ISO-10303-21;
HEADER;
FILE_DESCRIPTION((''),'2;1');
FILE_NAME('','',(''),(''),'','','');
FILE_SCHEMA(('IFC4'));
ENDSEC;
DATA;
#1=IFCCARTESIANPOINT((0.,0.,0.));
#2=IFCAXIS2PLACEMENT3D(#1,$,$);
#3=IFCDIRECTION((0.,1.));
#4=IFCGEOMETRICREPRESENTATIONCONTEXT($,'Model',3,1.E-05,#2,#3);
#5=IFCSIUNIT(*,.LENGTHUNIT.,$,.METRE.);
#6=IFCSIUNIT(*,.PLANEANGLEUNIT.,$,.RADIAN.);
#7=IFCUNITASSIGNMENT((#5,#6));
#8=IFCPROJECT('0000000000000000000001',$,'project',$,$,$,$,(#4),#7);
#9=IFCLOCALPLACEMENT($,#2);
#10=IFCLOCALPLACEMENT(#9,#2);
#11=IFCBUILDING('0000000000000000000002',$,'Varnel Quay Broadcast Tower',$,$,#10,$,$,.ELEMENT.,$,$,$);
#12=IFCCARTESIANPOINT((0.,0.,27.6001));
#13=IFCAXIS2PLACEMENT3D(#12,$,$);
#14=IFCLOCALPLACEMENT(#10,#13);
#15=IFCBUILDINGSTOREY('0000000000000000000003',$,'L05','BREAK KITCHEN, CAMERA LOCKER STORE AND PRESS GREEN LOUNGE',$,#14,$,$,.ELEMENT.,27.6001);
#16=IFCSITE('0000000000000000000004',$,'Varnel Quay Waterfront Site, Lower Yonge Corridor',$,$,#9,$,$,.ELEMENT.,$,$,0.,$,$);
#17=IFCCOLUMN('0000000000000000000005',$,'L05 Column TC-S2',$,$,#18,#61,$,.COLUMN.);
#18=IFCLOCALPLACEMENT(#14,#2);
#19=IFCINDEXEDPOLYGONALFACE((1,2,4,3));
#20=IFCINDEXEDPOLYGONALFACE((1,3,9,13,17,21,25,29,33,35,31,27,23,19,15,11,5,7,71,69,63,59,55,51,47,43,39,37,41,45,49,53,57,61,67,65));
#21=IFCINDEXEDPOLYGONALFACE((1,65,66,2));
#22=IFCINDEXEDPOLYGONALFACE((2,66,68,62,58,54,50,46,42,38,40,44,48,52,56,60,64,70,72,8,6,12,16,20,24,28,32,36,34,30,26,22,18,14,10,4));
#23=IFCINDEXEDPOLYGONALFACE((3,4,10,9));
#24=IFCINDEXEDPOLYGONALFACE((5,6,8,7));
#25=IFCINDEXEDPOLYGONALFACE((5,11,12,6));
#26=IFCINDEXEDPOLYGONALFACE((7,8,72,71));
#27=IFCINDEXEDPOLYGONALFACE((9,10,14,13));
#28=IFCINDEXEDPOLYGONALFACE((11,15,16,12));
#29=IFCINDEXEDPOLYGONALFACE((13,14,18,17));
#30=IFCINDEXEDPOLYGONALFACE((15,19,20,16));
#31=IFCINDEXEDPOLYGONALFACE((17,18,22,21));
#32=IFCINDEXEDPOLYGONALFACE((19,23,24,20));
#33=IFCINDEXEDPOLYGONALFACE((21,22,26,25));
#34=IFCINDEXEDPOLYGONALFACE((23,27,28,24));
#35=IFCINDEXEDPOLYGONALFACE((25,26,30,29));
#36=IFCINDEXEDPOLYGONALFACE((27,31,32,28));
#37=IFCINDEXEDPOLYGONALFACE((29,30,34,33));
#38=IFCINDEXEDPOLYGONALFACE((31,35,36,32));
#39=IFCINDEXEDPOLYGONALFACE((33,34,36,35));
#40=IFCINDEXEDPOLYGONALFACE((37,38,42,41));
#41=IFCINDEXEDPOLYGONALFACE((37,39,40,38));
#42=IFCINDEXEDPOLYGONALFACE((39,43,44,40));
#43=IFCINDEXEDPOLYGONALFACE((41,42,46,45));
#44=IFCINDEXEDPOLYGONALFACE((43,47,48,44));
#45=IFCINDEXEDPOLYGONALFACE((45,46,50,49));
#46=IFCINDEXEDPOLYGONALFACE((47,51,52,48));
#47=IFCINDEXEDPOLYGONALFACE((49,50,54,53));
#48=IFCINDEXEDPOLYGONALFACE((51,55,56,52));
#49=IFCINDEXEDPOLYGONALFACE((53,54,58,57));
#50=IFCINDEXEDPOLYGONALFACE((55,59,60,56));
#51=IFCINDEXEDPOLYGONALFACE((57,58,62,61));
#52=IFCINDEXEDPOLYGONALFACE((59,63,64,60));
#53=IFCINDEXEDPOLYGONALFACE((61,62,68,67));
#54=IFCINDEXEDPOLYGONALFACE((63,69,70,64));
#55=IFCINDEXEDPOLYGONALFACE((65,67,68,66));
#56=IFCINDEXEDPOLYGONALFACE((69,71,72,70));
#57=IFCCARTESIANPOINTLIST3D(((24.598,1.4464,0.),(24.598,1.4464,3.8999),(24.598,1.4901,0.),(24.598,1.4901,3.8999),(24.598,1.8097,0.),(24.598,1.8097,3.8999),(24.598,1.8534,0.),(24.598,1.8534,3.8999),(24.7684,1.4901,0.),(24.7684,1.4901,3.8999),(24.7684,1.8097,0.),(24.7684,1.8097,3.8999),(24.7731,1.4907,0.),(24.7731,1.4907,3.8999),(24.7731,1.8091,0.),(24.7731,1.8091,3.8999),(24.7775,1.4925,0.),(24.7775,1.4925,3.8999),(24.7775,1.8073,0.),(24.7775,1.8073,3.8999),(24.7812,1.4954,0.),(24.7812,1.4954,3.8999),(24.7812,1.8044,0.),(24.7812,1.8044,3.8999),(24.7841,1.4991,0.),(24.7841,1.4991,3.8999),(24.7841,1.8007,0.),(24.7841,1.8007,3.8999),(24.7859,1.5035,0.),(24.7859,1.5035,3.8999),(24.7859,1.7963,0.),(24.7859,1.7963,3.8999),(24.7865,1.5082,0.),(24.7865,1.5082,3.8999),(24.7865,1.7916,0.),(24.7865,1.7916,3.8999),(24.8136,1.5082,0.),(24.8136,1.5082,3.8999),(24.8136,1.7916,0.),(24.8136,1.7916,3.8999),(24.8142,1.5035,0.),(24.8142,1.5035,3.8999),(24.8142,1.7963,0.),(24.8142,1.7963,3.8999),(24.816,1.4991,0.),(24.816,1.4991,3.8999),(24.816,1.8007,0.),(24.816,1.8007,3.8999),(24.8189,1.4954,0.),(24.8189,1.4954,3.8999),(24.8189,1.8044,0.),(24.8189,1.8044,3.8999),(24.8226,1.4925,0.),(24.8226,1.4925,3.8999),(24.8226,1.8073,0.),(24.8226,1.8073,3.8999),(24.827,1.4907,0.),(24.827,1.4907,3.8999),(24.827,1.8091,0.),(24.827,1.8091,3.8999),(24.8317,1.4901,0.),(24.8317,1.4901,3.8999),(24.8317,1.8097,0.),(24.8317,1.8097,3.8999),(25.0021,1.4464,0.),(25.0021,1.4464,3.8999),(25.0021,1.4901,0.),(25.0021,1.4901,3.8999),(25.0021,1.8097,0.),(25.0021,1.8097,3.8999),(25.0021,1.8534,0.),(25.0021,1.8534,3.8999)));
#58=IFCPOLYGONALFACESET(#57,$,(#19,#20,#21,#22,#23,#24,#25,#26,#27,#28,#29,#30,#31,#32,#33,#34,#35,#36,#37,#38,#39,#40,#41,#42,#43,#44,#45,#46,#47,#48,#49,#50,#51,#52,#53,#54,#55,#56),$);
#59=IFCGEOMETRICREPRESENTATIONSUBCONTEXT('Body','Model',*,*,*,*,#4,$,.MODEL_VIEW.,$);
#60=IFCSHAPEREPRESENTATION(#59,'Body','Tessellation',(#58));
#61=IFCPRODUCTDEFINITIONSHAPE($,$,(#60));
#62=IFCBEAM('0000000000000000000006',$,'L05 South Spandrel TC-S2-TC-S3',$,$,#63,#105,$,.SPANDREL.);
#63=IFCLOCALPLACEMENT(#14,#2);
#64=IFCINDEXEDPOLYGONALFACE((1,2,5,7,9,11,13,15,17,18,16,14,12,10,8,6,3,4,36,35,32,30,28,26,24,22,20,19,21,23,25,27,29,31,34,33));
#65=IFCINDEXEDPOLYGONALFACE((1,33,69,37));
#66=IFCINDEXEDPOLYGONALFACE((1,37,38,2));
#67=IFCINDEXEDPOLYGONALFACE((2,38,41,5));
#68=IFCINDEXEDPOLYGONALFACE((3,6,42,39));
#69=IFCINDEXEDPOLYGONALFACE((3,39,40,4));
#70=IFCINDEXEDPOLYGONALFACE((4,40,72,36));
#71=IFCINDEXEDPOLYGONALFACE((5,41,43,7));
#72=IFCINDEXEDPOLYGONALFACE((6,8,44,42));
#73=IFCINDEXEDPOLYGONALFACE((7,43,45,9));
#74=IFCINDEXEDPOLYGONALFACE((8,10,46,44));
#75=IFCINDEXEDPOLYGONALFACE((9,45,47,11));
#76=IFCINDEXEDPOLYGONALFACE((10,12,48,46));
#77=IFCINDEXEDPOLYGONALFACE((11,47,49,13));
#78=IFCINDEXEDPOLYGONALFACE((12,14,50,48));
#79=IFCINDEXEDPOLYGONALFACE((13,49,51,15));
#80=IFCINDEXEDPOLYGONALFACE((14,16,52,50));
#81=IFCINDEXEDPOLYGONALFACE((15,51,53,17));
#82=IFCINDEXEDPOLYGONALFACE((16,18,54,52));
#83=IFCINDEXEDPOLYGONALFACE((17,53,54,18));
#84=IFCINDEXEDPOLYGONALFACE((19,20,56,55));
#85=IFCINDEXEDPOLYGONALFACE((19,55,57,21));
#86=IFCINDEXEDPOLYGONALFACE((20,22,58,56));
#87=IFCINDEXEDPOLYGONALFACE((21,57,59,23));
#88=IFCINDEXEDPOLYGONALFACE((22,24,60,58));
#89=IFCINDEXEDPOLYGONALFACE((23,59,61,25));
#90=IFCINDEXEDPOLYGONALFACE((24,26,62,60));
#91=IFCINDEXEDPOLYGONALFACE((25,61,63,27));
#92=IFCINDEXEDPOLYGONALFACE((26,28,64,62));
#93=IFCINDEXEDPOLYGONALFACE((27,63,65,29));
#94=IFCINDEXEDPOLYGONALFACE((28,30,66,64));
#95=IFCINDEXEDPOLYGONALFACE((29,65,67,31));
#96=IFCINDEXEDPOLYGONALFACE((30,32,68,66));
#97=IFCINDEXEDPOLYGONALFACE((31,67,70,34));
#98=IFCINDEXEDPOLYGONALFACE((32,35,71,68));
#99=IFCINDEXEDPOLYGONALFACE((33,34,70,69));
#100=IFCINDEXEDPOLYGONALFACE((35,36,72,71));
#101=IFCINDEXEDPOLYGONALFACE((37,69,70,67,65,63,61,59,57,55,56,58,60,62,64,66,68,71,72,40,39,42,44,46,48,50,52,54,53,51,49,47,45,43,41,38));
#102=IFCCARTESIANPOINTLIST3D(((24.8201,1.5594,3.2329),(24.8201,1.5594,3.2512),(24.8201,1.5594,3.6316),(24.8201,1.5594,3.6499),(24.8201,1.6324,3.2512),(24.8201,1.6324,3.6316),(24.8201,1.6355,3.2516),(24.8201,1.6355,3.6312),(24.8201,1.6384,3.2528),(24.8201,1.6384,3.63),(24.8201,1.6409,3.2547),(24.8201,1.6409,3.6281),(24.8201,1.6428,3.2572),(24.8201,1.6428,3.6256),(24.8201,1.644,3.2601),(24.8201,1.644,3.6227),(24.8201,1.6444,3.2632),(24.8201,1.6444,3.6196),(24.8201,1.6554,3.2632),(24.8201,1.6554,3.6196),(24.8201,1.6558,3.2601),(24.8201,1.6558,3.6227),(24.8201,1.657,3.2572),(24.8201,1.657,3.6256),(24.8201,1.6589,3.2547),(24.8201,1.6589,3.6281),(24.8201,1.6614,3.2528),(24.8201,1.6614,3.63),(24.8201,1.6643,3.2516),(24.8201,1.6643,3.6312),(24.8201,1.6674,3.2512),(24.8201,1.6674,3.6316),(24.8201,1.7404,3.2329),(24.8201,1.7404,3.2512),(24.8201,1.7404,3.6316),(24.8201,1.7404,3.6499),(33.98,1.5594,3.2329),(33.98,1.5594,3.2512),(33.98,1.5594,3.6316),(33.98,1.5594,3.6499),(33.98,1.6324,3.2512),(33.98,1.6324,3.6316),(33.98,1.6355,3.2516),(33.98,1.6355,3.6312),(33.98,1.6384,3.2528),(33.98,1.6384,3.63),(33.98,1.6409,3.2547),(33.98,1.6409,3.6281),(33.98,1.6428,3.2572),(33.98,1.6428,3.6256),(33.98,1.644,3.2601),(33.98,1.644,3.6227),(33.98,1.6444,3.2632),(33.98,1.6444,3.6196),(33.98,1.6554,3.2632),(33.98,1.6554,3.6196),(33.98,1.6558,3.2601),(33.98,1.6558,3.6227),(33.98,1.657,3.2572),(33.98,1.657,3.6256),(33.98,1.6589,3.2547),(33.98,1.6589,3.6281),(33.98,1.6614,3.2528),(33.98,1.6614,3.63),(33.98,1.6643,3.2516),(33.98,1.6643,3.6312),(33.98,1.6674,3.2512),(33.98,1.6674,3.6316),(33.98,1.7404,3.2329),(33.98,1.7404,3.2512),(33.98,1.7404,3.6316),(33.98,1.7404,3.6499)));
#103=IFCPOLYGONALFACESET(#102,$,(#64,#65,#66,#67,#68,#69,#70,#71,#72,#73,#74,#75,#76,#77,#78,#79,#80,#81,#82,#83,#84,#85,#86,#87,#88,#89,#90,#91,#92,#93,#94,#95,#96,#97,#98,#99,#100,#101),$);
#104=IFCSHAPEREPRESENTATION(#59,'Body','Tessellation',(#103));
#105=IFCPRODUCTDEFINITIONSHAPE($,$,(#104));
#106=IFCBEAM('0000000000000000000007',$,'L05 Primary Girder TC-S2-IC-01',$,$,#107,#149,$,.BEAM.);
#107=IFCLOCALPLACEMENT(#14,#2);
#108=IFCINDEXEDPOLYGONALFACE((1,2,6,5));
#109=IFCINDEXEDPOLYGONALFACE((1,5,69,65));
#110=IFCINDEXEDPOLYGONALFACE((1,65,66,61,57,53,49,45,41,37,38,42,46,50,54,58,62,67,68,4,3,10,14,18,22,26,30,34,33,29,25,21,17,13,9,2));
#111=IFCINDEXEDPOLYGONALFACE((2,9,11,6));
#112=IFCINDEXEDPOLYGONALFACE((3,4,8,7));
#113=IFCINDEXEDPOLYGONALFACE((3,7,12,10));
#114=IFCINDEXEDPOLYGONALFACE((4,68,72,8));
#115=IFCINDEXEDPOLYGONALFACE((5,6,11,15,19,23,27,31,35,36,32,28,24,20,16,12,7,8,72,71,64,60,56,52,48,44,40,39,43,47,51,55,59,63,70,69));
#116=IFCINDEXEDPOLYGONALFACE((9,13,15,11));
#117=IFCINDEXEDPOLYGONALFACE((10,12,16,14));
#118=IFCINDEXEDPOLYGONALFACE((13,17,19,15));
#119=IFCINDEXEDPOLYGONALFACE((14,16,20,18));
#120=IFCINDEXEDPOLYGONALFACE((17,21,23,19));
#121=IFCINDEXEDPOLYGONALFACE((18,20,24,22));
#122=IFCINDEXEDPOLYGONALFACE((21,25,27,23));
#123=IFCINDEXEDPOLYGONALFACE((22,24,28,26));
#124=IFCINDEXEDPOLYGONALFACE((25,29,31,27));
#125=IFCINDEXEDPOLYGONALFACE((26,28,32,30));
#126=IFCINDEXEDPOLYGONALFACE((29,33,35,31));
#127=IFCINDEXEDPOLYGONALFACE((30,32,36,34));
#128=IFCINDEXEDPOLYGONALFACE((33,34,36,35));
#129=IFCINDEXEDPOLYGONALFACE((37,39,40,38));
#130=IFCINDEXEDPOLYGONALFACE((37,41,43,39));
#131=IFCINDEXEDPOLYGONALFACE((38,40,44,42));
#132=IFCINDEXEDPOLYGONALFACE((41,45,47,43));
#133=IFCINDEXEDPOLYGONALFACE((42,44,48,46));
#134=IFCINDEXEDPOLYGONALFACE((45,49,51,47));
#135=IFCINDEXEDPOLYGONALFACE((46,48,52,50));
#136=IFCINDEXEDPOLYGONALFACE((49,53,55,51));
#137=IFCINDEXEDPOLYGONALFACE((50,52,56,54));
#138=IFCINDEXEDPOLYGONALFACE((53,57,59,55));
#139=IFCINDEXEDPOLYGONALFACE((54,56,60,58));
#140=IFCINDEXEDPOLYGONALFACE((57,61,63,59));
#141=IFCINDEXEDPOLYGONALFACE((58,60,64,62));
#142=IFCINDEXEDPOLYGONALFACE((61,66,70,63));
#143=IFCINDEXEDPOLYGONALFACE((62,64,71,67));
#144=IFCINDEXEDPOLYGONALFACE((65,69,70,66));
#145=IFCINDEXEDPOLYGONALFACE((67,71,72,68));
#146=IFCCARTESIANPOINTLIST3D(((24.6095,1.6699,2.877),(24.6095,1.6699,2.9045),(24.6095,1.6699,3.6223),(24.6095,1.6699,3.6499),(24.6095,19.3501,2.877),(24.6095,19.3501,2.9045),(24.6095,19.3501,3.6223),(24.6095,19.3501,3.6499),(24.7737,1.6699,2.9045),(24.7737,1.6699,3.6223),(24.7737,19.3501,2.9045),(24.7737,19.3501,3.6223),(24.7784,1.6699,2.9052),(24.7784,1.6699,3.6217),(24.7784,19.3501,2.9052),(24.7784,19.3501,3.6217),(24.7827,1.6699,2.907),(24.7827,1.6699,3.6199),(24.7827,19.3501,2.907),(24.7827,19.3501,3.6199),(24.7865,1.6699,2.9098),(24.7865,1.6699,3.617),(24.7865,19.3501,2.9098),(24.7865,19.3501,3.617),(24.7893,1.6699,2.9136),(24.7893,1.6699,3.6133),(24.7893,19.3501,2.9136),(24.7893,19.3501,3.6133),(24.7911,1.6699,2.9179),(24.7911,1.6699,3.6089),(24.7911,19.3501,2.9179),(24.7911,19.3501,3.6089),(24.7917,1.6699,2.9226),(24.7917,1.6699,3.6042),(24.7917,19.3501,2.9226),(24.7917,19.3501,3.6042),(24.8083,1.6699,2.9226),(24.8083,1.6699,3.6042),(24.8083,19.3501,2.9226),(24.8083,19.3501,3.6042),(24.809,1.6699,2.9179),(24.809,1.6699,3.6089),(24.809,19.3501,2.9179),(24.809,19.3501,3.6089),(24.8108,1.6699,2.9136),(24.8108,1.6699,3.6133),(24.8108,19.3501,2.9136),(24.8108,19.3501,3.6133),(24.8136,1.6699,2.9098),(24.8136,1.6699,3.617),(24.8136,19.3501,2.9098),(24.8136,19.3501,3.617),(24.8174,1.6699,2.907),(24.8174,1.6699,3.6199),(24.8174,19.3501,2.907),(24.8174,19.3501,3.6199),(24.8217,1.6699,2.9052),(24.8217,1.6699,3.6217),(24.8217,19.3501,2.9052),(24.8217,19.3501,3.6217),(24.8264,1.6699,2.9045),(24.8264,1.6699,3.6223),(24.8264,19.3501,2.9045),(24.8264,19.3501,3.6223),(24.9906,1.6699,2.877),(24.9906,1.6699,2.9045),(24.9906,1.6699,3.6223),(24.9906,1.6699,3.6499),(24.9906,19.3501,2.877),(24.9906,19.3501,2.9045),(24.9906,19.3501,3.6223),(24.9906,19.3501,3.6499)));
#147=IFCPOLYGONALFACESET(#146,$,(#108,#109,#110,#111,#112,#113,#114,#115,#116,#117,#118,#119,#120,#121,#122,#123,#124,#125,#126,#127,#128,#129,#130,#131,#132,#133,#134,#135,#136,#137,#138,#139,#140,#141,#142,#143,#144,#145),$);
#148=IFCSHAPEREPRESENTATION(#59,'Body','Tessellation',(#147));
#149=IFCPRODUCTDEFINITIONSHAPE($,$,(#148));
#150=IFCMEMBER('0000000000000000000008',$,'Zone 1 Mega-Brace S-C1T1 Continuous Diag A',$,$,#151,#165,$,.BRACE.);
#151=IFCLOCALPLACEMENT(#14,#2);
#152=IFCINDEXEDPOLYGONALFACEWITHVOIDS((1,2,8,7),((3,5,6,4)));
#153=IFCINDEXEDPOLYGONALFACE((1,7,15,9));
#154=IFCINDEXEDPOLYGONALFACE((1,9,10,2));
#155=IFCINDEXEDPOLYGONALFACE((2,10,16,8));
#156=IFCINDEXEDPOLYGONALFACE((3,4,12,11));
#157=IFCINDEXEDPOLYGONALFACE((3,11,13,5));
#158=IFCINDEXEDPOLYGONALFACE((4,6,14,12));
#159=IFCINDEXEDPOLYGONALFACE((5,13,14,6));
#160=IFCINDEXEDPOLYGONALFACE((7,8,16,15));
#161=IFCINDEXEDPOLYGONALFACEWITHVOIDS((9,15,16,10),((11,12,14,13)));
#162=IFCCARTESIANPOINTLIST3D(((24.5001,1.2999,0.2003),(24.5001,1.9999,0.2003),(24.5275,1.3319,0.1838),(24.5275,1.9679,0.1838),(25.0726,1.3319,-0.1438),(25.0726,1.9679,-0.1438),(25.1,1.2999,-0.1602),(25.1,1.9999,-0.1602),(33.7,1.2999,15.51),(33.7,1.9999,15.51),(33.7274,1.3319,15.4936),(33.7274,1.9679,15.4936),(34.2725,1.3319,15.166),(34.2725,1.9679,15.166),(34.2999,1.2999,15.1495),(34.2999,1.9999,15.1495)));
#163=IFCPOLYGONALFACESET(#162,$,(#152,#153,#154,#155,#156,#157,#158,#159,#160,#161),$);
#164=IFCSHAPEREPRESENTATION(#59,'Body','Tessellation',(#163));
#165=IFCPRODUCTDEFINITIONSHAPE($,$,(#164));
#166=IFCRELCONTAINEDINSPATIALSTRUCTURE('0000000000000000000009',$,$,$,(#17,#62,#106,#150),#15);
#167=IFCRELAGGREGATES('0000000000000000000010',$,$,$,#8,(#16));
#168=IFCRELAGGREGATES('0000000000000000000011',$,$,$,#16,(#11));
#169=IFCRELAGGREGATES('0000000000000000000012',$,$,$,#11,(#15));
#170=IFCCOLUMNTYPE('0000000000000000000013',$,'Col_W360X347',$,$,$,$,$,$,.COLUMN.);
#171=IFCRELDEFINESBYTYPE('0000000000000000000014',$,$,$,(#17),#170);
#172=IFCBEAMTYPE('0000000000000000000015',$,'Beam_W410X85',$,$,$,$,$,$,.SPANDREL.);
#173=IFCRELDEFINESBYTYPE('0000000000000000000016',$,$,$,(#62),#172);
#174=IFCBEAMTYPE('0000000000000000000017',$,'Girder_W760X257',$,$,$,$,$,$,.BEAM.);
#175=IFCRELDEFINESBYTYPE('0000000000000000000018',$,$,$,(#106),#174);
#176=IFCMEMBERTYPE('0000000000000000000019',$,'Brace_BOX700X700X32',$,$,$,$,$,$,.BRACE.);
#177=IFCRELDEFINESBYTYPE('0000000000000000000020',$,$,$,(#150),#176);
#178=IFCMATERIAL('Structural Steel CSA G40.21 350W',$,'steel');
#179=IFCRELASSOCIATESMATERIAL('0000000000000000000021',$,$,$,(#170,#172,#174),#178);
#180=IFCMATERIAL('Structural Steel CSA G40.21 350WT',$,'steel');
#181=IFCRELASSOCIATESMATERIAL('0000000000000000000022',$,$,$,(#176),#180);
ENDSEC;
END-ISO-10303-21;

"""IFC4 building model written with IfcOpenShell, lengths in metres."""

from ifc_helpers import new_model, si_unit, direction, frame, origin, origin_2d, place, context, subcontext, project, spatial, hollow_rectangle, i_section, extrude, source, transform, mapped, material, material_profile, profile_set, type_object, type_shapes, element, save


model = new_model("IFC4")

# Units and contexts
model_context = context("Model", 3, precision=1e-05, world=origin(), true_north=direction((0.0, 1.0)))
body_context = subcontext(model_context, "Body", "Model", "MODEL_VIEW")
ifc_project = project(units=[si_unit("LENGTHUNIT", "METRE"), si_unit("PLANEANGLEUNIT", "RADIAN")], contexts=[model_context])

# Site, building, storey
site_placement = place(None, origin())
site = spatial("IfcSite", under=ifc_project, at=site_placement, Name="Varnel Quay Waterfront Site, Lower Yonge Corridor", CompositionType="ELEMENT", RefElevation=0.0)
building_placement = place(site_placement, origin())
building = spatial("IfcBuilding", under=site, at=building_placement, Name="Varnel Quay Broadcast Tower", CompositionType="ELEMENT")
storey_placement = place(building_placement, frame((0.0, 0.0, 27.6001)))
storey = spatial("IfcBuildingStorey", under=building, at=storey_placement, Name="L05", Description="BREAK KITCHEN, CAMERA LOCKER STORE AND PRESS GREEN LOUNGE", CompositionType="ELEMENT", Elevation=27.6001)

# Column
ifc_material_1 = material(Name="Structural Steel CSA G40.21 350W", Category="steel")
ifc_material_profile_1 = material_profile(ifc_material_1, i_section(OverallWidth=0.4041, OverallDepth=0.407, WebThickness=0.0271, FlangeThickness=0.0437, FilletRadius=0.0181, at=origin_2d()), Name="W360X347")
ifc_profile_set_1 = profile_set([ifc_material_profile_1], Name="Structural Steel CSA G40.21 350W")
column_type = type_object("IfcColumnType", Name="Col_W360X347", PredefinedType="COLUMN", material=ifc_profile_set_1)
shared_shape_1 = source(origin(), body_context, "Body", "SweptSolid", [
    extrude(i_section(OverallWidth=0.4041, OverallDepth=0.407, WebThickness=0.0271, FlangeThickness=0.0437, FilletRadius=0.0181, at=origin_2d()), origin(), (0.0, 0.0, 1.0), 3.8999),
])
type_shapes(column_type, [shared_shape_1])
column_placement = place(storey_placement, frame((24.8, 1.6499, 0.0), z_axis=(0.0, 0.0, 1.0), x_axis=(1.0, 0.0, 0.0)))
element("IfcColumn", 1, at=column_placement, inside=storey, type_object=column_type, Name="L05 Column TC-S2", PredefinedType="COLUMN", context=body_context, shape_type="MappedRepresentation", body=[
    mapped(shared_shape_1, transform((0.0, 0.0, 0.0), x_axis=(1.0, 0.0, 0.0), y_axis=(0.0, 1.0, 0.0), z_axis=(0.0, 0.0, 1.0), scale=1.0)),
])

# Beams
ifc_material_profile_2 = material_profile(ifc_material_1, i_section(OverallWidth=0.1809, OverallDepth=0.417, WebThickness=0.011, FlangeThickness=0.0183, FilletRadius=0.012, at=origin_2d()), Name="W410X85")
ifc_profile_set_2 = profile_set([ifc_material_profile_2], Name="Structural Steel CSA G40.21 350W")
beam_type_1 = type_object("IfcBeamType", Name="Beam_W410X85", PredefinedType="SPANDREL", material=ifc_profile_set_2)
shared_shape_2 = source(origin(), body_context, "Body", "SweptSolid", [
    extrude(i_section(OverallWidth=0.1809, OverallDepth=0.417, WebThickness=0.011, FlangeThickness=0.0183, FilletRadius=0.012, at=origin_2d()), origin(), (0.0, 0.0, 1.0), 9.1599),
])
type_shapes(beam_type_1, [shared_shape_2])
beam_1_placement = place(storey_placement, frame((24.8201, 1.6499, 3.4414), z_axis=(1.0, 0.0, 0.0), x_axis=(0.0, 1.0, 0.0)))
element("IfcBeam", 2, at=beam_1_placement, inside=storey, type_object=beam_type_1, Name="L05 South Spandrel TC-S2-TC-S3", PredefinedType="SPANDREL", context=body_context, shape_type="MappedRepresentation", body=[
    mapped(shared_shape_2, transform((0.0, 0.0, 0.0), x_axis=(1.0, 0.0, 0.0), y_axis=(0.0, 1.0, 0.0), z_axis=(0.0, 0.0, 1.0), scale=1.0)),
])
ifc_material_profile_3 = material_profile(ifc_material_1, i_section(OverallWidth=0.3811, OverallDepth=0.7729, WebThickness=0.0166, FlangeThickness=0.0276, FilletRadius=0.0181, at=origin_2d()), Name="W760X257")
ifc_profile_set_3 = profile_set([ifc_material_profile_3], Name="Structural Steel CSA G40.21 350W")
beam_type_2 = type_object("IfcBeamType", Name="Girder_W760X257", PredefinedType="BEAM", material=ifc_profile_set_3)
shared_shape_3 = source(origin(), body_context, "Body", "SweptSolid", [
    extrude(i_section(OverallWidth=0.3811, OverallDepth=0.7729, WebThickness=0.0166, FlangeThickness=0.0276, FilletRadius=0.0181, at=origin_2d()), origin(), (0.0, 0.0, 1.0), 17.6802),
])
type_shapes(beam_type_2, [shared_shape_3])
beam_2_placement = place(storey_placement, frame((24.8, 1.6699, 3.2634), z_axis=(0.0, 1.0, 0.0), x_axis=(-1.0, 0.0, 0.0)))
element("IfcBeam", 3, at=beam_2_placement, inside=storey, type_object=beam_type_2, Name="L05 Primary Girder TC-S2-IC-01", PredefinedType="BEAM", context=body_context, shape_type="MappedRepresentation", body=[
    mapped(shared_shape_3, transform((0.0, 0.0, 0.0), x_axis=(1.0, 0.0, 0.0), y_axis=(0.0, 1.0, 0.0), z_axis=(0.0, 0.0, 1.0), scale=1.0)),
])

# Member
ifc_material_2 = material(Name="Structural Steel CSA G40.21 350WT", Category="steel")
ifc_material_profile_4 = material_profile(ifc_material_2, hollow_rectangle(XDim=0.7, YDim=0.7, WallThickness=0.032, at=origin_2d()), Name="BOX700X700X32")
ifc_profile_set_4 = profile_set([ifc_material_profile_4], Name="Structural Steel CSA G40.21 350WT")
member_type_1 = type_object("IfcMemberType", Name="Brace_BOX700X700X32", PredefinedType="BRACE", material=ifc_profile_set_4)
shared_shape_4 = source(origin(), body_context, "Body", "SweptSolid", [
    extrude(hollow_rectangle(XDim=0.7, YDim=0.7, WallThickness=0.032, at=origin_2d()), origin(), (0.0, 0.0, 1.0), 17.8613),
])
type_shapes(member_type_1, [shared_shape_4])
member_1_placement = place(storey_placement, frame((24.8, 1.6499, 0.02), z_axis=(0.515075, 0.0, 0.857145), x_axis=(0.0, 1.0, 0.0)))
element("IfcMember", 4, at=member_1_placement, inside=storey, type_object=member_type_1, Name="Zone 1 Mega-Brace S-C1T1 Continuous Diag A", PredefinedType="BRACE", context=body_context, shape_type="MappedRepresentation", body=[
    mapped(shared_shape_4, transform((0.0, 0.0, 0.0), x_axis=(1.0, 0.0, 0.0), y_axis=(0.0, 1.0, 0.0), z_axis=(0.0, 0.0, 1.0), scale=1.0)),
])

save(model, "model.ifc")
